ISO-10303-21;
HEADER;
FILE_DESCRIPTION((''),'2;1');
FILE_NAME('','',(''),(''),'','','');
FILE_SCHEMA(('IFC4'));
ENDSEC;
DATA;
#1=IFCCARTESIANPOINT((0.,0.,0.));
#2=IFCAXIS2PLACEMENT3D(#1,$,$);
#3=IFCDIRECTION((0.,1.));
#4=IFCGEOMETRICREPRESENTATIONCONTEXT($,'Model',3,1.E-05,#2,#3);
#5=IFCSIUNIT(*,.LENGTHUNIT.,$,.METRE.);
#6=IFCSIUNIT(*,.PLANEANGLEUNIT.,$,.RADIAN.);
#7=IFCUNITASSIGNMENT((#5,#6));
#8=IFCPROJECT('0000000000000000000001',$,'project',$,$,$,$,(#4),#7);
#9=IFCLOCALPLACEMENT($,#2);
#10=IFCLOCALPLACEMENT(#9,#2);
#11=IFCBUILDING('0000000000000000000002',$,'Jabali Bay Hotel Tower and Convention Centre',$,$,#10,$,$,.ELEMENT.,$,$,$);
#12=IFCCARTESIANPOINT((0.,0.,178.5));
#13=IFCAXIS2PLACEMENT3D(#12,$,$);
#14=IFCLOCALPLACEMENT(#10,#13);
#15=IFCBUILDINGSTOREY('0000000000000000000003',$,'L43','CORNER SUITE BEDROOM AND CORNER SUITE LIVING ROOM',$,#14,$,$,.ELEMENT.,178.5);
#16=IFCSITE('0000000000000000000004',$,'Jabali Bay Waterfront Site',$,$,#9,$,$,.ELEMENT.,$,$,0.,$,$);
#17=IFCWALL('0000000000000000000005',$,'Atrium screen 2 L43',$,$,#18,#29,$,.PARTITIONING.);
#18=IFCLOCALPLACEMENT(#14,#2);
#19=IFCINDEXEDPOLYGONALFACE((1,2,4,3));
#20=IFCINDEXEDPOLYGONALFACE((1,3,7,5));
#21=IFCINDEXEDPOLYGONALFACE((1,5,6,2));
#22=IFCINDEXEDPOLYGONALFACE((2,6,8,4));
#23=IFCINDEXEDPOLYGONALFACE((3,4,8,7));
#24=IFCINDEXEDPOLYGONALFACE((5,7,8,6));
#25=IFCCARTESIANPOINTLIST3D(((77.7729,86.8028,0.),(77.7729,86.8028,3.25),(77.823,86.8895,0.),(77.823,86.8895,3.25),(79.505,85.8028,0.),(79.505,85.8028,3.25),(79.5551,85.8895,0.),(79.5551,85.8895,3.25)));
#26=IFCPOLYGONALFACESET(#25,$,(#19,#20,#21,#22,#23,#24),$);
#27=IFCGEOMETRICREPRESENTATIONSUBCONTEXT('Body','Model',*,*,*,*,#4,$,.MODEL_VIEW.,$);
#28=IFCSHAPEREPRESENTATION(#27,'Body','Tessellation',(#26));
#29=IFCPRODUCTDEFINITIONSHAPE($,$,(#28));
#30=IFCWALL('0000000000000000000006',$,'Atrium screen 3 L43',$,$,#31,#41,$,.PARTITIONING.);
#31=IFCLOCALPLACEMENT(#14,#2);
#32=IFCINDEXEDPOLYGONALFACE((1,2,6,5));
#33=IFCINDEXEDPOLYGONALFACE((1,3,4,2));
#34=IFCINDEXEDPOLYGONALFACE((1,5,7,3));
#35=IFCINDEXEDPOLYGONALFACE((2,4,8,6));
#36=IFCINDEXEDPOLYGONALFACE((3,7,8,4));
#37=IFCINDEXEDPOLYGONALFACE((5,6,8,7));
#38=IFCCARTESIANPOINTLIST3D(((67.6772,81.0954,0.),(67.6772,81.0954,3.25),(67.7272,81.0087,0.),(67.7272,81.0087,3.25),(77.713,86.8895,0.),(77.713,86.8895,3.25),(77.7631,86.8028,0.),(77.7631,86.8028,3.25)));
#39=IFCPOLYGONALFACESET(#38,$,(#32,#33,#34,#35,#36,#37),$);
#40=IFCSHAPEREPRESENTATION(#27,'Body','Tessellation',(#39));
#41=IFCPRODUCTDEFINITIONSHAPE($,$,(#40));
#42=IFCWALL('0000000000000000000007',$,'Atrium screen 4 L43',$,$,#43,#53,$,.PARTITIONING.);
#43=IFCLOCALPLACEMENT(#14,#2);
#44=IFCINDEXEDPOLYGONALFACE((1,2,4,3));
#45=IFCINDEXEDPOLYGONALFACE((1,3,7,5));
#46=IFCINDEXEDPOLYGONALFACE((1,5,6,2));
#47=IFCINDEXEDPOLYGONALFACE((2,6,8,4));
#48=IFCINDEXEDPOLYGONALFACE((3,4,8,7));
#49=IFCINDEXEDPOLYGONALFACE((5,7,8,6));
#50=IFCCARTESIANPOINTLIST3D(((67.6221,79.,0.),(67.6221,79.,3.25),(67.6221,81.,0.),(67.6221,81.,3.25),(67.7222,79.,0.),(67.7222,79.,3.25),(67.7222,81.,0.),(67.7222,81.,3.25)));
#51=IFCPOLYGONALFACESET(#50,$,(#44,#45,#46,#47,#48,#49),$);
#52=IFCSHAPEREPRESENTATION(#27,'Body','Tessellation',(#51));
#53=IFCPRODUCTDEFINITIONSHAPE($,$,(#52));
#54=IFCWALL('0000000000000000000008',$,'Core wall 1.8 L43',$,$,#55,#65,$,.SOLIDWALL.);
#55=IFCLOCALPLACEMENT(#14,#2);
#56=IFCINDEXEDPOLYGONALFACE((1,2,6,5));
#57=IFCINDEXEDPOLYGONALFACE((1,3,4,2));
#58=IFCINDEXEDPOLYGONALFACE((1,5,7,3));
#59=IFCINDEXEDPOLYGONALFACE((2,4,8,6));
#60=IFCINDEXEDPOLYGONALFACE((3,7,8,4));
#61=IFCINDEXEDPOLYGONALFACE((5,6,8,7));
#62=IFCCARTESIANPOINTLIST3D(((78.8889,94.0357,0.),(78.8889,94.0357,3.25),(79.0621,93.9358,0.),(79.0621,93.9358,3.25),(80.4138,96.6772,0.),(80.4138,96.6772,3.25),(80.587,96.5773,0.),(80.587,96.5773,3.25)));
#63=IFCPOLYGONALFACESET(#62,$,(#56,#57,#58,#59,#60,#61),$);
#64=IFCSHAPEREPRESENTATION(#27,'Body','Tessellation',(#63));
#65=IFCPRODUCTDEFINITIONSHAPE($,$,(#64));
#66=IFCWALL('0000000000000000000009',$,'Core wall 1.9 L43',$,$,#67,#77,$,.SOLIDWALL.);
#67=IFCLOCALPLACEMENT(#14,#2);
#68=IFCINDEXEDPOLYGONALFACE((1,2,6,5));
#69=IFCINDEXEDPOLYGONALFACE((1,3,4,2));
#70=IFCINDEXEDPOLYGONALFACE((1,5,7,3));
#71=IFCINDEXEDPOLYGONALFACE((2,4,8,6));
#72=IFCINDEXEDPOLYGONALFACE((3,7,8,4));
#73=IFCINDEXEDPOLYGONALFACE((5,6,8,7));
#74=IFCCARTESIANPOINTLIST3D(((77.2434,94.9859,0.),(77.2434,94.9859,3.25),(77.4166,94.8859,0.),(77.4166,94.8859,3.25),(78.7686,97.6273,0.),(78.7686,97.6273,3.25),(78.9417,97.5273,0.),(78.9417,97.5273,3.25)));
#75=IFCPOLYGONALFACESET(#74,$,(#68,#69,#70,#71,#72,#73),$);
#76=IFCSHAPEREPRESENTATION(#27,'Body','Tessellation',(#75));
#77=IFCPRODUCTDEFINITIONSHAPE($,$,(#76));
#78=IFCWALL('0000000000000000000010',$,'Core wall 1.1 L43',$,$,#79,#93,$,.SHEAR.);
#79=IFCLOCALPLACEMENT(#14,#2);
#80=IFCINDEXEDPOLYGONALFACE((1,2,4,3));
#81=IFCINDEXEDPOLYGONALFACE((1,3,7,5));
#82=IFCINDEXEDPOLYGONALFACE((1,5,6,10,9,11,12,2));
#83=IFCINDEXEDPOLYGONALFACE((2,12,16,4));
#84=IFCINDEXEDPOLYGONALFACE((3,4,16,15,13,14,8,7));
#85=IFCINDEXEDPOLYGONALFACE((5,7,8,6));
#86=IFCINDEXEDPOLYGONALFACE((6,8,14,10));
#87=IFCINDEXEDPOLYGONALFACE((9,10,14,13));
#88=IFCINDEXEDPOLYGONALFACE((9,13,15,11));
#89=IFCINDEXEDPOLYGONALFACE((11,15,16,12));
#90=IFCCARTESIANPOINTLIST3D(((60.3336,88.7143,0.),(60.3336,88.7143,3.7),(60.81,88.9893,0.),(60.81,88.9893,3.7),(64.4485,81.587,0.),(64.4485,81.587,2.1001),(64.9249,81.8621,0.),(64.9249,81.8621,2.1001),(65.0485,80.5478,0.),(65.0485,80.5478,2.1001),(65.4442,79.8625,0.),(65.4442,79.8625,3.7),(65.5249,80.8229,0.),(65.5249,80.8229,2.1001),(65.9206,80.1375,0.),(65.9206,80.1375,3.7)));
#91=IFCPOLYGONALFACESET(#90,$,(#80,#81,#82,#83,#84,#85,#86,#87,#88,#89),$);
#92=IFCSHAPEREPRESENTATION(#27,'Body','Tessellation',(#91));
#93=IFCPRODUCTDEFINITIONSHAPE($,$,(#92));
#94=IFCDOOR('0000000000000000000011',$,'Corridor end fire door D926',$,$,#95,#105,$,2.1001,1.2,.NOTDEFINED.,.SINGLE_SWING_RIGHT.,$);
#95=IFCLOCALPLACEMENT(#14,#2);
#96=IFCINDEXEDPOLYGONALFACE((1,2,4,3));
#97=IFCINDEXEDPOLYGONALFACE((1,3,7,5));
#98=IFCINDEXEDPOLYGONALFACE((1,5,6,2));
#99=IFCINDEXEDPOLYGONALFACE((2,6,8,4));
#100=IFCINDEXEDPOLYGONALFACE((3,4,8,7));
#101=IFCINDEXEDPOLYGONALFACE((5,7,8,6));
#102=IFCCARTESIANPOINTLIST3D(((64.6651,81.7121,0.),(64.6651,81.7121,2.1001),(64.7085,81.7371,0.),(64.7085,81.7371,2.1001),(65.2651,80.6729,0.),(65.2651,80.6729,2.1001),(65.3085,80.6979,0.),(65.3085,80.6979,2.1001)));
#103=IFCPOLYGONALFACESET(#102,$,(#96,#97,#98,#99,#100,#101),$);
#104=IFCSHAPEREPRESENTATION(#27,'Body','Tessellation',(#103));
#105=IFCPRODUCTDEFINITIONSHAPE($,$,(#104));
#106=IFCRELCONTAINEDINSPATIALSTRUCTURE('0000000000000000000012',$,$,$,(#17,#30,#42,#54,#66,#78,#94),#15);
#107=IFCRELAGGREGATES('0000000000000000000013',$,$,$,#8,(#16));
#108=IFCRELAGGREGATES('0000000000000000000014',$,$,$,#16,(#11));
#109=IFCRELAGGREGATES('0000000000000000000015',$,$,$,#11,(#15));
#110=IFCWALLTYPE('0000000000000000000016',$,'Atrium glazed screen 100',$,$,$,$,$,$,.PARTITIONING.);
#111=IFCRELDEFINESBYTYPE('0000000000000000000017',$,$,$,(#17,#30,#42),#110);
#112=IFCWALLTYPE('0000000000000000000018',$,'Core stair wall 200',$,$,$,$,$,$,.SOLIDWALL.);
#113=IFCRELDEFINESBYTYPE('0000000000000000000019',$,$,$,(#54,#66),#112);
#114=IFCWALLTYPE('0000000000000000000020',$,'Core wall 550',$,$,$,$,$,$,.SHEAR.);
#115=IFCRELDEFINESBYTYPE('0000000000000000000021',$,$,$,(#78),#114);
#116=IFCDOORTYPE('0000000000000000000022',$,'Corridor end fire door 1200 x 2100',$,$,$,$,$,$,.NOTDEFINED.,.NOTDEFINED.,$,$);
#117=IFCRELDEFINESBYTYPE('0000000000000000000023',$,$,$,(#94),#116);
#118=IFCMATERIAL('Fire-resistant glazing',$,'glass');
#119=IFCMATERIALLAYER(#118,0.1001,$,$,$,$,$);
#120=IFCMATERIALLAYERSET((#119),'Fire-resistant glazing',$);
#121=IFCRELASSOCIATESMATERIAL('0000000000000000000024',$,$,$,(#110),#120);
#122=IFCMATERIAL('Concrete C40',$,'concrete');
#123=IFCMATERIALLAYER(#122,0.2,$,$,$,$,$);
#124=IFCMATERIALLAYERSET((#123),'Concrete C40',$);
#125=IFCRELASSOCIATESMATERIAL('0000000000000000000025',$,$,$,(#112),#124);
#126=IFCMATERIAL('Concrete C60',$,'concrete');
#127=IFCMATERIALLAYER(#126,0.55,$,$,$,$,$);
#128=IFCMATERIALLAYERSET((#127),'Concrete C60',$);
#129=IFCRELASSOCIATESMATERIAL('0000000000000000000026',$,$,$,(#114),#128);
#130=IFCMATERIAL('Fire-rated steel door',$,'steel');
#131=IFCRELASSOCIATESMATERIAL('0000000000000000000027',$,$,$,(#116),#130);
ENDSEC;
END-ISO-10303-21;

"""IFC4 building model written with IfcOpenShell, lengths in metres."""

from ifc_helpers import new_model, si_unit, direction, frame, frame_2d, origin, place, context, subcontext, project, spatial, rectangle, extrude, material, layer, layer_set, type_object, element, fill, save


model = new_model("IFC4")

# Units and contexts
model_context = context("Model", 3, precision=1e-05, world=origin(), true_north=direction((0.0, 1.0)))
body_context = subcontext(model_context, "Body", "Model", "MODEL_VIEW")
ifc_project = project(units=[si_unit("LENGTHUNIT", "METRE"), si_unit("PLANEANGLEUNIT", "RADIAN")], contexts=[model_context])

# Site, building, storey
site_placement = place(None, origin())
site = spatial("IfcSite", under=ifc_project, at=site_placement, Name="Jabali Bay Waterfront Site", CompositionType="ELEMENT", RefElevation=0.0)
building_placement = place(site_placement, origin())
building = spatial("IfcBuilding", under=site, at=building_placement, Name="Jabali Bay Hotel Tower and Convention Centre", CompositionType="ELEMENT")
storey_placement = place(building_placement, frame((0.0, 0.0, 178.5)))
storey = spatial("IfcBuildingStorey", under=building, at=storey_placement, Name="L43", Description="CORNER SUITE BEDROOM AND CORNER SUITE LIVING ROOM", CompositionType="ELEMENT", Elevation=178.5)

# Walls
ifc_material_1 = material(Name="Fire-resistant glazing", Category="glass")
ifc_layer_1 = layer(ifc_material_1, 0.1001)
ifc_layer_set_1 = layer_set([ifc_layer_1], Name="Fire-resistant glazing")
wall_type_1 = type_object("IfcWallType", Name="Atrium glazed screen 100", PredefinedType="PARTITIONING", material=ifc_layer_set_1)
wall_1_placement = place(storey_placement, frame((79.53, 85.8462, 0.0), z_axis=(0.0, 0.0, 1.0), x_axis=(-0.866041, 0.499973, 0.0)))
element("IfcWall", 1, at=wall_1_placement, inside=storey, type_object=wall_type_1, Name="Atrium screen 2 L43", PredefinedType="PARTITIONING", context=body_context, shape_type="SweptSolid", body=[
    extrude(rectangle(XDim=2.0, YDim=0.1001, at=frame_2d((1.0, 0.0))), origin(), (0.0, 0.0, 1.0), 3.25),
])
wall_2_placement = place(storey_placement, frame((77.738, 86.8462, 0.0), z_axis=(0.0, 0.0, 1.0), x_axis=(-0.866027, -0.499998, 0.0)))
element("IfcWall", 2, at=wall_2_placement, inside=storey, type_object=wall_type_1, Name="Atrium screen 3 L43", PredefinedType="PARTITIONING", context=body_context, shape_type="SweptSolid", body=[
    extrude(rectangle(XDim=11.5884, YDim=0.1001, at=frame_2d((5.7942, 0.0))), origin(), (0.0, 0.0, 1.0), 3.25),
])
wall_3_placement = place(storey_placement, frame((67.6721, 81.0, 0.0), z_axis=(0.0, 0.0, 1.0), x_axis=(0.0, -1.0, 0.0)))
element("IfcWall", 3, at=wall_3_placement, inside=storey, type_object=wall_type_1, Name="Atrium screen 4 L43", PredefinedType="PARTITIONING", context=body_context, shape_type="SweptSolid", body=[
    extrude(rectangle(XDim=2.0, YDim=0.1001, at=frame_2d((1.0, 0.0))), origin(), (0.0, 0.0, 1.0), 3.25),
])
ifc_material_2 = material(Name="Concrete C40", Category="concrete")
ifc_layer_2 = layer(ifc_material_2, 0.2)
ifc_layer_set_2 = layer_set([ifc_layer_2], Name="Concrete C40")
wall_type_2 = type_object("IfcWallType", Name="Core stair wall 200", PredefinedType="SOLIDWALL", material=ifc_layer_set_2)
for number, where, z_axis, x_axis, name in (
    (4, (78.9756, 93.9858, 0.0), (0.0, 0.0, 1.0), (0.499944, 0.866058, 0.0), "Core wall 1.8 L43"),
    (5, (77.3301, 94.936, 0.0), (0.0, 0.0, 1.0), (0.500039, 0.866003, 0.0), "Core wall 1.9 L43"),
):
    element("IfcWall", number, at=place(storey_placement, frame(where, z_axis=z_axis, x_axis=x_axis)), inside=storey, type_object=wall_type_2, Name=name, PredefinedType="SOLIDWALL", context=body_context, shape_type="SweptSolid", body=[
        extrude(rectangle(XDim=3.05, YDim=0.2, at=frame_2d((1.5249, 0.0))), origin(), (0.0, 0.0, 1.0), 3.25),
    ])

# Wall, opening, door
ifc_material_3 = material(Name="Concrete C60", Category="concrete")
ifc_layer_3 = layer(ifc_material_3, 0.55)
ifc_layer_set_3 = layer_set([ifc_layer_3], Name="Concrete C60")
wall_type_3 = type_object("IfcWallType", Name="Core wall 550", PredefinedType="SHEAR", material=ifc_layer_set_3)
wall_4_placement = place(storey_placement, frame((65.6824, 80.0, 0.0), z_axis=(0.0, 0.0, 1.0), x_axis=(-0.5, 0.866025, 0.0)))
wall_4 = element("IfcWall", 6, at=wall_4_placement, inside=storey, type_object=wall_type_3, Name="Core wall 1.1 L43", PredefinedType="SHEAR", context=body_context, shape_type="SweptSolid", body=[
    extrude(rectangle(XDim=10.2212, YDim=0.55, at=frame_2d((5.1106, 0.0))), origin(), (0.0, 0.0, 1.0), 3.7),
])
opening_1_placement = place(wall_4_placement, frame((0.7913, 0.0, 0.0)))
opening_1 = element("IfcOpeningElement", 7, at=opening_1_placement, cuts=wall_4, PredefinedType="OPENING", context=body_context, shape_type="SweptSolid", body=[
    extrude(rectangle(XDim=1.2, YDim=2.1001, at=frame_2d((0.6001, 1.05))), frame((0.0, 0.2856, 0.0), z_axis=(0.0, -1.0, 0.0), x_axis=(1.0, 0.0, 0.0)), (0.0, 0.0, 1.0), 0.571),
])
ifc_material_4 = material(Name="Fire-rated steel door", Category="steel")
door_type_1 = type_object("IfcDoorType", Name="Corridor end fire door 1200 x 2100", OperationType="NOTDEFINED", PredefinedType="NOTDEFINED", material=ifc_material_4)
door_1_placement = place(opening_1_placement, origin())
door_1 = element("IfcDoor", 8, at=door_1_placement, inside=storey, type_object=door_type_1, Name="Corridor end fire door D926", OperationType="SINGLE_SWING_RIGHT", OverallHeight=2.1001, OverallWidth=1.2, PredefinedType="NOTDEFINED", context=body_context, shape_type="SweptSolid", body=[
    extrude(rectangle(XDim=1.2, YDim=2.1001, at=frame_2d((0.6001, 1.05))), frame((0.0, 0.0249, 0.0), z_axis=(0.0, -1.0, 0.0), x_axis=(1.0, 0.0, 0.0)), (0.0, 0.0, 1.0), 0.05),
])
fill(opening_1, door_1)

save(model, "model.ifc")
